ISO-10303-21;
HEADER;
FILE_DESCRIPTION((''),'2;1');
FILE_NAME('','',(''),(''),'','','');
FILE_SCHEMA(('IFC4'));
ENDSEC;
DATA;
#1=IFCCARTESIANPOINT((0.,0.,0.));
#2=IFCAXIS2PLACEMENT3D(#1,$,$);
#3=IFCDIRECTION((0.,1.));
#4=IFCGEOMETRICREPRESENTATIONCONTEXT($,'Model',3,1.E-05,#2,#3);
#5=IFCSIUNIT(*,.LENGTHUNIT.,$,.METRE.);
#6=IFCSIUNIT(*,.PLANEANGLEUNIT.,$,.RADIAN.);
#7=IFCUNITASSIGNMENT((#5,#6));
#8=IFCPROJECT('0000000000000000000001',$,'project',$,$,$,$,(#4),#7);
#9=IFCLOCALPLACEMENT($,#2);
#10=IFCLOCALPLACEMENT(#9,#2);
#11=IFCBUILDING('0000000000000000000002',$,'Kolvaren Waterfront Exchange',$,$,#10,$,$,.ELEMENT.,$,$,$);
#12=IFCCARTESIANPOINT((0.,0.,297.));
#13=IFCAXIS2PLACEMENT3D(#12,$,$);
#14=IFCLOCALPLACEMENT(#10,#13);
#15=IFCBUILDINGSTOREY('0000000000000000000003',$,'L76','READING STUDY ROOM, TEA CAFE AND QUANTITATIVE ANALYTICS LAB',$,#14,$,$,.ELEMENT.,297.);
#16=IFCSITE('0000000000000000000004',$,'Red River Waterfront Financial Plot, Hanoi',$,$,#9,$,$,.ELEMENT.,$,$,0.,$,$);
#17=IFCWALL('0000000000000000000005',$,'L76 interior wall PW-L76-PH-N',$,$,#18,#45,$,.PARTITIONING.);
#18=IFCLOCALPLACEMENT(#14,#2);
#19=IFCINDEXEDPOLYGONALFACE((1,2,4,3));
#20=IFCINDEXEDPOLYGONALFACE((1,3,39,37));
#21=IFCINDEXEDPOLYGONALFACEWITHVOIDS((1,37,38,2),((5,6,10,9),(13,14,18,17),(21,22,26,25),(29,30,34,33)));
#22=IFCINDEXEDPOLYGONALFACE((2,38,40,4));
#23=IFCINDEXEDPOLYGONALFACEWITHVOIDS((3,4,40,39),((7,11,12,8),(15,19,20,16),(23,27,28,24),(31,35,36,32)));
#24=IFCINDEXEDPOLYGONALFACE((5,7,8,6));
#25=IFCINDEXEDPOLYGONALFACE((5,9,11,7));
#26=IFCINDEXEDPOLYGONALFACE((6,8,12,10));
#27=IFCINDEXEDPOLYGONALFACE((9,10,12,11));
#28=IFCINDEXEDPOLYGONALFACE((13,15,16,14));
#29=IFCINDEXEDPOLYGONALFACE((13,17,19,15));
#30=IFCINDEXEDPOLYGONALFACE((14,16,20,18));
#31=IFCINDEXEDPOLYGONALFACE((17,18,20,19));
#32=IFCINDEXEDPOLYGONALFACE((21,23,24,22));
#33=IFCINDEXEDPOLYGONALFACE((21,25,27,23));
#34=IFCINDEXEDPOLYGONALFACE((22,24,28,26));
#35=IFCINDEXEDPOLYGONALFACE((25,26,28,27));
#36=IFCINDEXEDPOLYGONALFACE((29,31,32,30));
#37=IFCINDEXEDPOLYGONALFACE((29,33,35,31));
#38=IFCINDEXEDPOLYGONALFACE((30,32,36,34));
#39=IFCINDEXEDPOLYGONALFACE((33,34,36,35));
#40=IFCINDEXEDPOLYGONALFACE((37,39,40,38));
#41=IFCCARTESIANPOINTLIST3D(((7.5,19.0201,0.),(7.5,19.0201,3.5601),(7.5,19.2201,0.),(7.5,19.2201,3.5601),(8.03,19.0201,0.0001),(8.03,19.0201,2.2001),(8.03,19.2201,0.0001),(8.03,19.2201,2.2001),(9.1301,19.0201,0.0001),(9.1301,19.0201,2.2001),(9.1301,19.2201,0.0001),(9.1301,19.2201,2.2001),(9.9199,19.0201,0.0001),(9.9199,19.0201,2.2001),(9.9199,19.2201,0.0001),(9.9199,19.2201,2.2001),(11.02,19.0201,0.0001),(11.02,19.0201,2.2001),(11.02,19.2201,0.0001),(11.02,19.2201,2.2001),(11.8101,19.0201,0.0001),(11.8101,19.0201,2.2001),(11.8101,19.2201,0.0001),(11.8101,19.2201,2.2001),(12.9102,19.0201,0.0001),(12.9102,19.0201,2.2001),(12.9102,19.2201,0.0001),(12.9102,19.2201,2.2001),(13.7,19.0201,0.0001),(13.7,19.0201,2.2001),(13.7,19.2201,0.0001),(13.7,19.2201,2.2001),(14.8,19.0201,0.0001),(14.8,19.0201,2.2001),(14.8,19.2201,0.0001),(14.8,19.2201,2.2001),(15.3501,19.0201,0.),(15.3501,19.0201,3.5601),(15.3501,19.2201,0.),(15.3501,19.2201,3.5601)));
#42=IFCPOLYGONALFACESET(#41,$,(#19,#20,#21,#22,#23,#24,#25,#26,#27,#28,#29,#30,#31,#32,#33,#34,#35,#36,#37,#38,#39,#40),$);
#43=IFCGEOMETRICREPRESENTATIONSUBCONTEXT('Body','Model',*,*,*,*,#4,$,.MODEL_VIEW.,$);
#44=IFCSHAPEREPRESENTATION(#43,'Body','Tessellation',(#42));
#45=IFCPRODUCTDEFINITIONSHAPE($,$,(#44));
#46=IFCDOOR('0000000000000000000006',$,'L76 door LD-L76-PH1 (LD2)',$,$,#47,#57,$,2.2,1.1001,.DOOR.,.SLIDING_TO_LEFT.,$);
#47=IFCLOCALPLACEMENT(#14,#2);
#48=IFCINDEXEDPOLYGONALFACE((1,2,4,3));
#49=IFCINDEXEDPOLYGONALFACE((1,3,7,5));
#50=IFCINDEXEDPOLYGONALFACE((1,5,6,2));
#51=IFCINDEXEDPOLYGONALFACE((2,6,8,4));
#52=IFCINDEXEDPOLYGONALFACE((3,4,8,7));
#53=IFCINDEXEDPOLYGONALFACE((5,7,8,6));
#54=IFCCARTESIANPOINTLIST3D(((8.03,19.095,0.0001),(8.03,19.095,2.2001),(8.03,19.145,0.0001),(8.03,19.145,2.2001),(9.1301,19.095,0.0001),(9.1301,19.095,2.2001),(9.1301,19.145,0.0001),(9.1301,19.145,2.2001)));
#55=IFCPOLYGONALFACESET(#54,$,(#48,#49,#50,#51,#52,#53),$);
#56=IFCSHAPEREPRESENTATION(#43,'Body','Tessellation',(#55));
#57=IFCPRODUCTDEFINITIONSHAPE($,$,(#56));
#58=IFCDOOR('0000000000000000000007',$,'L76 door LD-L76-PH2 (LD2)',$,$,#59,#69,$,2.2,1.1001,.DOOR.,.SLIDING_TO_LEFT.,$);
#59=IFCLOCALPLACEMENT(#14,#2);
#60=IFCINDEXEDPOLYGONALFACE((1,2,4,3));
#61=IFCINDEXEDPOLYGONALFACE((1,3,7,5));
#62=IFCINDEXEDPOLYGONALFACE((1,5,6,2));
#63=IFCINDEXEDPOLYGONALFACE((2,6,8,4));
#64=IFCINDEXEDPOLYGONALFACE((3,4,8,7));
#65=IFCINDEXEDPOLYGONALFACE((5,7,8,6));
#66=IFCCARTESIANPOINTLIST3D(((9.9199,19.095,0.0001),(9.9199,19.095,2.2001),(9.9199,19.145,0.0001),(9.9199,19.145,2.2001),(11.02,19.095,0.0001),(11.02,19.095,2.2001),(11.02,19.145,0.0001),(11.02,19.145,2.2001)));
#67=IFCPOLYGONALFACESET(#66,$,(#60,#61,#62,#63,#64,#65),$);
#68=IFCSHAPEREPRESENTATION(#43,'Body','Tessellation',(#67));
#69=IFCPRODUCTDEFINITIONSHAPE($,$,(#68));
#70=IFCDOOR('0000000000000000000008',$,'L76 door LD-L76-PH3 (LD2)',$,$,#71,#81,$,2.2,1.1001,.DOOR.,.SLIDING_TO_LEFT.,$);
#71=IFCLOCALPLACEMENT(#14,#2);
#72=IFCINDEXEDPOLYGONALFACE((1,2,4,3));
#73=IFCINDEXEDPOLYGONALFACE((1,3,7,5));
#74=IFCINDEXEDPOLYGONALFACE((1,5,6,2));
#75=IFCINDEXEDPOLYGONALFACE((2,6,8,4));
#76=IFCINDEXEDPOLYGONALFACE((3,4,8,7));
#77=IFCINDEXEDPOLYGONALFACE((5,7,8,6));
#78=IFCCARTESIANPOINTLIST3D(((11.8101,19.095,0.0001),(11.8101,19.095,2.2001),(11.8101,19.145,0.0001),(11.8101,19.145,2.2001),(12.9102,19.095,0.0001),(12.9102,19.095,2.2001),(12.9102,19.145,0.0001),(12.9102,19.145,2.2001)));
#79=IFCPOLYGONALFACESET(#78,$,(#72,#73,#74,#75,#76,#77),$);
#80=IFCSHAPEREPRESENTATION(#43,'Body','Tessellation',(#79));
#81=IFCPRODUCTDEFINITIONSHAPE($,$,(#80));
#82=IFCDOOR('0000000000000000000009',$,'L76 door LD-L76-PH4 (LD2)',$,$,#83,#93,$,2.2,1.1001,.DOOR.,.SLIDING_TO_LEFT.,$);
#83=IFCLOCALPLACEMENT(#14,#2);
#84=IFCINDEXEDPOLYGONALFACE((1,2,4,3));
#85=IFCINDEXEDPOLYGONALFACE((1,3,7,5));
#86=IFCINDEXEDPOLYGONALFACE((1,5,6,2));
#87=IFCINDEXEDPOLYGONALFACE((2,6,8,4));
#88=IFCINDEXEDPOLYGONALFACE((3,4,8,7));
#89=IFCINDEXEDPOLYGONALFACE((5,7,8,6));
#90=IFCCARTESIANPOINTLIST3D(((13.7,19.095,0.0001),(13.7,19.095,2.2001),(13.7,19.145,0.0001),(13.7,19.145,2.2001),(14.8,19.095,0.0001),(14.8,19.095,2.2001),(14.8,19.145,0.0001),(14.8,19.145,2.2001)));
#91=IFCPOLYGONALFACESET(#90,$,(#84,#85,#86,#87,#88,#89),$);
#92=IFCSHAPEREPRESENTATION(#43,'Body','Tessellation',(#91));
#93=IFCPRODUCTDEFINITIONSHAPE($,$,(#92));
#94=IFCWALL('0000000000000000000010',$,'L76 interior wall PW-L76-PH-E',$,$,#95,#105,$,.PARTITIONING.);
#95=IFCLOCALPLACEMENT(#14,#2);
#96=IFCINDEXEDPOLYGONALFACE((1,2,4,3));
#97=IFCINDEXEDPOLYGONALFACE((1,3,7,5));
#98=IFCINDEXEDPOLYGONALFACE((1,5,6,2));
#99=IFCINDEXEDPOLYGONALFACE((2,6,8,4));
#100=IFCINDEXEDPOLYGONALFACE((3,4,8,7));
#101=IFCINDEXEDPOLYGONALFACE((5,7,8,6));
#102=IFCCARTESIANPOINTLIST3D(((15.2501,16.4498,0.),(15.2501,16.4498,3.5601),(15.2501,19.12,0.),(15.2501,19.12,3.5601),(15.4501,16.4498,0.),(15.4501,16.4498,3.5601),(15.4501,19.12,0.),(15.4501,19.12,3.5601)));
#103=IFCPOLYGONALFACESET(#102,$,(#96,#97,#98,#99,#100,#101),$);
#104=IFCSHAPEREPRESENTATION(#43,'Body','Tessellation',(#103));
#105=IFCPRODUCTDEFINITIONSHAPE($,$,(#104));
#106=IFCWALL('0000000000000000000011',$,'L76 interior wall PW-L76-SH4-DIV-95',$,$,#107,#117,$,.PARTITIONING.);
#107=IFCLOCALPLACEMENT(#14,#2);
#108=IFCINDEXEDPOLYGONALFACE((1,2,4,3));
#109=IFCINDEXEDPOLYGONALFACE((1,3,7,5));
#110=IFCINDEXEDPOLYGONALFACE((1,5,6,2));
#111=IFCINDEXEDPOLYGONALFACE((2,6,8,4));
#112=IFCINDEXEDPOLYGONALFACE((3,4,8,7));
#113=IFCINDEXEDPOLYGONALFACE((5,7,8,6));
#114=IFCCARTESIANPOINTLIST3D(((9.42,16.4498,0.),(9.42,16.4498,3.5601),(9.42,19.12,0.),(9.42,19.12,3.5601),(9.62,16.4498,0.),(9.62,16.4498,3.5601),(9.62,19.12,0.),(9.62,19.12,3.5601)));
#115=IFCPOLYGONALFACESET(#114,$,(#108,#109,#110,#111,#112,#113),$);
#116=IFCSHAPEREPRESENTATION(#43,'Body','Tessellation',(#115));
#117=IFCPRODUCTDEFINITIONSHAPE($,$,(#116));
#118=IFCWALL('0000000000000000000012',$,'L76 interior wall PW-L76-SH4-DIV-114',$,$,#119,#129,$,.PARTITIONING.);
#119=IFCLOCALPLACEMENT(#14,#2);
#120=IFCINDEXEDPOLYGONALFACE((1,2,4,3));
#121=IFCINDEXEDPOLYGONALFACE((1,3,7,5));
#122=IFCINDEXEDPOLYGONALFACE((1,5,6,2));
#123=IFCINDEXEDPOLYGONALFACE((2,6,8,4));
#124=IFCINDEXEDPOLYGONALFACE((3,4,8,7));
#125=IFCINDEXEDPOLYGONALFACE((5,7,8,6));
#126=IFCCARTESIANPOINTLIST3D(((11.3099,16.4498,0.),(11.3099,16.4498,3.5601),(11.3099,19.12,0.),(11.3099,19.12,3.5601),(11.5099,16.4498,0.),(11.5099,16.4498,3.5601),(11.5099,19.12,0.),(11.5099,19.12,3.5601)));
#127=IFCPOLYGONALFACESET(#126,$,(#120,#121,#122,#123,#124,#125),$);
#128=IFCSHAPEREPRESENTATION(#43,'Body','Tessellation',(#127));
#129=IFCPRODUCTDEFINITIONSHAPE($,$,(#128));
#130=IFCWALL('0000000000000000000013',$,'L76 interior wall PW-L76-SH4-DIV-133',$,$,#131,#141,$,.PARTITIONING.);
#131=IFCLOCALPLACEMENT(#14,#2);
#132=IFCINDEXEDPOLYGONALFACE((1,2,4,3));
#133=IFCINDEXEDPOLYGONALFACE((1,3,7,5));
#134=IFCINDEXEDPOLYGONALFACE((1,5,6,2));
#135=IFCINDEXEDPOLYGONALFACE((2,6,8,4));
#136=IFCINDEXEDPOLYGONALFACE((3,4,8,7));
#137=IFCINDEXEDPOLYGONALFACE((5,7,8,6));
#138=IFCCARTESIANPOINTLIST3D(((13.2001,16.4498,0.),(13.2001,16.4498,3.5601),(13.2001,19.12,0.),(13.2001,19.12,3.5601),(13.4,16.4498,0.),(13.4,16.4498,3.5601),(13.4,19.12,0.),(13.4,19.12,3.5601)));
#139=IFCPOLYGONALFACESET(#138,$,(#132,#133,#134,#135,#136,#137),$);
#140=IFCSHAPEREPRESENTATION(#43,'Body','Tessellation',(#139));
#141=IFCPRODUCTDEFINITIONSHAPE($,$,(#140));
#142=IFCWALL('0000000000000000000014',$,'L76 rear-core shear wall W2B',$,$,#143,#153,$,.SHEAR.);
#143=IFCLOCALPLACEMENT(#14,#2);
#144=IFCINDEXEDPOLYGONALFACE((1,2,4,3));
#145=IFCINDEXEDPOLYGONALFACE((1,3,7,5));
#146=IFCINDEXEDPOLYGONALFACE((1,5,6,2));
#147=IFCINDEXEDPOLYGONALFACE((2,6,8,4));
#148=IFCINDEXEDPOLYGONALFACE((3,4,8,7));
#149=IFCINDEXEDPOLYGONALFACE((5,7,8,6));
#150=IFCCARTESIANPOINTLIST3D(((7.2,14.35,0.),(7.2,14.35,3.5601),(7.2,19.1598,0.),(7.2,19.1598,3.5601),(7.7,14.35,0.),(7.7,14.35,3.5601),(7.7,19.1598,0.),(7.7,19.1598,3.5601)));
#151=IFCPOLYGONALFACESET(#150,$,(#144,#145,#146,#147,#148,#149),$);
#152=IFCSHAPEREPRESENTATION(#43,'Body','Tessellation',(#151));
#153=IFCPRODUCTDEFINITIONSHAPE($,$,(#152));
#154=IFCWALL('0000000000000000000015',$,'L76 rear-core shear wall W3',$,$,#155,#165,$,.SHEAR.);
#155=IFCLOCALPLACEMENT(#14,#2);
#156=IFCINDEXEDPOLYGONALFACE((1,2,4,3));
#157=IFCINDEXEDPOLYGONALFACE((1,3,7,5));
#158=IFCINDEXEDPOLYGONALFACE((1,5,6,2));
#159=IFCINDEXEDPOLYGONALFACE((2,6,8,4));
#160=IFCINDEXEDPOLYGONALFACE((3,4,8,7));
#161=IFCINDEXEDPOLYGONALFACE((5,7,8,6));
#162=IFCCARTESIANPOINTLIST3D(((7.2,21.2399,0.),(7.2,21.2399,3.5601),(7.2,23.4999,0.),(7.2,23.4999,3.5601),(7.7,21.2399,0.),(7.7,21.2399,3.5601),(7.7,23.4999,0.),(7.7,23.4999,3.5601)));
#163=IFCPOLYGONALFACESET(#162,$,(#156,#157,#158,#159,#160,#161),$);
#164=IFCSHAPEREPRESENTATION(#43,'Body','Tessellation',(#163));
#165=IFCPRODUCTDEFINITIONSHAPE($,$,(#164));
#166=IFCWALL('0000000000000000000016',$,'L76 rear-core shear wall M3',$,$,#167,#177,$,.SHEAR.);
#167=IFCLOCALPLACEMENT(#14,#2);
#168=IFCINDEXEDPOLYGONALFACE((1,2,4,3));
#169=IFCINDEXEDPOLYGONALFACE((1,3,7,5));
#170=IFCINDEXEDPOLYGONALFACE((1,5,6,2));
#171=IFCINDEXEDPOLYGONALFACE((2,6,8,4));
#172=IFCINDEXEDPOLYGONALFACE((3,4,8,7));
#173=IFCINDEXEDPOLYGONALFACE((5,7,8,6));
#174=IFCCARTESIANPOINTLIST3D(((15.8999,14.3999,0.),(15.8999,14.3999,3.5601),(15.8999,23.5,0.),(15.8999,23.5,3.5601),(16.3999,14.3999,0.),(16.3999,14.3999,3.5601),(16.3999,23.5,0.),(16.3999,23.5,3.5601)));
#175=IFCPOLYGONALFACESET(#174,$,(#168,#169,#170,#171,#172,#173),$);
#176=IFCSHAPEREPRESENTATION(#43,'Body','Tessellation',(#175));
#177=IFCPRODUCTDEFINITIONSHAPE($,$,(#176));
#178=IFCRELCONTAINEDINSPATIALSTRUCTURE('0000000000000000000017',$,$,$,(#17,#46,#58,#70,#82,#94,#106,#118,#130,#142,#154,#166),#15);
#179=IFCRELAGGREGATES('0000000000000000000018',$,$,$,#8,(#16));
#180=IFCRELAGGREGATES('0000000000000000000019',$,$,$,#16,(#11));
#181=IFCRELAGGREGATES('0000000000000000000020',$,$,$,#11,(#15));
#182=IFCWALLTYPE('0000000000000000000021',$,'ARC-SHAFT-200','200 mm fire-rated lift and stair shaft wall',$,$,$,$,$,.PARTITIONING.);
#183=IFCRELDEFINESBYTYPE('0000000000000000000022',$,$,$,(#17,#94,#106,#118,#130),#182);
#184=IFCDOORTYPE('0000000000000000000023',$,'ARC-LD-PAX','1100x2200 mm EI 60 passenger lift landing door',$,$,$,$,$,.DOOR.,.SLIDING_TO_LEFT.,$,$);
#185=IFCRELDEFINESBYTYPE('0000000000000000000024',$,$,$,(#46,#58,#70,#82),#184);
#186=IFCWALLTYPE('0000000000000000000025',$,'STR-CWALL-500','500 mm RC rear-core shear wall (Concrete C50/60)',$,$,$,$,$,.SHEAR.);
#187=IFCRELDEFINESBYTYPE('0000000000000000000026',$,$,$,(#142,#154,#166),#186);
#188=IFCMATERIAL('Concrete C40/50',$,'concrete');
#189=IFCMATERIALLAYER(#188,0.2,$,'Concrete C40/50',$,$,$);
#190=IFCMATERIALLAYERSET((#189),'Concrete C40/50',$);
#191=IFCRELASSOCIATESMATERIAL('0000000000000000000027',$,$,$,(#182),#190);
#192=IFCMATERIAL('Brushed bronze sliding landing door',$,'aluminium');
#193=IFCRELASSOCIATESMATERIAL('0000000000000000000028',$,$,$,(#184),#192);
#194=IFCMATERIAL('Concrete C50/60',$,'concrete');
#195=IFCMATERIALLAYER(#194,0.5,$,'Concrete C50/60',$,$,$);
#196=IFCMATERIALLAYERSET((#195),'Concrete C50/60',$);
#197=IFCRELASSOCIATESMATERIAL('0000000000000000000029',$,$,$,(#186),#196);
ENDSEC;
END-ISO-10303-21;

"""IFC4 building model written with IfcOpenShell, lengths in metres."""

from ifc_helpers import new_model, si_unit, direction, frame, frame_2d, origin, place, context, subcontext, project, spatial, rectangle, extrude, material, layer, layer_set, type_object, element, fill, save


model = new_model("IFC4")

# Units and contexts
model_context = context("Model", 3, precision=1e-05, world=origin(), true_north=direction((0.0, 1.0)))
body_context = subcontext(model_context, "Body", "Model", "MODEL_VIEW")
ifc_project = project(units=[si_unit("LENGTHUNIT", "METRE"), si_unit("PLANEANGLEUNIT", "RADIAN")], contexts=[model_context])

# Site, building, storey
site_placement = place(None, origin())
site = spatial("IfcSite", under=ifc_project, at=site_placement, Name="Red River Waterfront Financial Plot, Hanoi", CompositionType="ELEMENT", RefElevation=0.0)
building_placement = place(site_placement, origin())
building = spatial("IfcBuilding", under=site, at=building_placement, Name="Kolvaren Waterfront Exchange", CompositionType="ELEMENT")
storey_placement = place(building_placement, frame((0.0, 0.0, 297.0)))
storey = spatial("IfcBuildingStorey", under=building, at=storey_placement, Name="L76", Description="READING STUDY ROOM, TEA CAFE AND QUANTITATIVE ANALYTICS LAB", CompositionType="ELEMENT", Elevation=297.0)

# Shared definitions
ifc_material_1 = material(Name="Concrete C40/50", Category="concrete")
ifc_layer_1 = layer(ifc_material_1, 0.2, Name="Concrete C40/50")
ifc_layer_set_1 = layer_set([ifc_layer_1], Name="Concrete C40/50")
wall_type_1 = type_object("IfcWallType", Name="ARC-SHAFT-200", Description="200 mm fire-rated lift and stair shaft wall", PredefinedType="PARTITIONING", material=ifc_layer_set_1)

# Wall, openings, doors
wall_1_placement = place(storey_placement, frame((7.5, 19.1201, 0.0), z_axis=(0.0, 0.0, 1.0), x_axis=(1.0, 0.0, 0.0)))
wall_1 = element("IfcWall", 1, at=wall_1_placement, inside=storey, type_object=wall_type_1, Name="L76 interior wall PW-L76-PH-N", PredefinedType="PARTITIONING", context=body_context, shape_type="SweptSolid", body=[
    extrude(rectangle(XDim=7.8501, YDim=0.2, at=frame_2d((3.925, 0.0))), origin(), (0.0, 0.0, 1.0), 3.5601),
])
opening_1_placement = place(wall_1_placement, frame((0.53, 0.0, 0.0)))
opening_1 = element("IfcOpeningElement", 2, at=opening_1_placement, cuts=wall_1, PredefinedType="OPENING", context=body_context, shape_type="SweptSolid", body=[
    extrude(rectangle(XDim=1.1001, YDim=2.2, at=frame_2d((0.55, 1.1001))), frame((0.0, 0.1099, 0.0), z_axis=(0.0, -1.0, 0.0), x_axis=(1.0, 0.0, 0.0)), (0.0, 0.0, 1.0), 0.22),
])
opening_2_placement = place(wall_1_placement, frame((2.4199, 0.0, 0.0)))
opening_2 = element("IfcOpeningElement", 3, at=opening_2_placement, cuts=wall_1, PredefinedType="OPENING", context=body_context, shape_type="SweptSolid", body=[
    extrude(rectangle(XDim=1.1001, YDim=2.2, at=frame_2d((0.55, 1.1001))), frame((0.0, 0.1099, 0.0), z_axis=(0.0, -1.0, 0.0), x_axis=(1.0, 0.0, 0.0)), (0.0, 0.0, 1.0), 0.22),
])
opening_3_placement = place(wall_1_placement, frame((4.3101, 0.0, 0.0)))
opening_3 = element("IfcOpeningElement", 4, at=opening_3_placement, cuts=wall_1, PredefinedType="OPENING", context=body_context, shape_type="SweptSolid", body=[
    extrude(rectangle(XDim=1.1001, YDim=2.2, at=frame_2d((0.55, 1.1001))), frame((0.0, 0.1099, 0.0), z_axis=(0.0, -1.0, 0.0), x_axis=(1.0, 0.0, 0.0)), (0.0, 0.0, 1.0), 0.22),
])
opening_4_placement = place(wall_1_placement, frame((6.2, 0.0, 0.0)))
opening_4 = element("IfcOpeningElement", 5, at=opening_4_placement, cuts=wall_1, PredefinedType="OPENING", context=body_context, shape_type="SweptSolid", body=[
    extrude(rectangle(XDim=1.1001, YDim=2.2, at=frame_2d((0.55, 1.1001))), frame((0.0, 0.1099, 0.0), z_axis=(0.0, -1.0, 0.0), x_axis=(1.0, 0.0, 0.0)), (0.0, 0.0, 1.0), 0.22),
])
ifc_material_2 = material(Name="Brushed bronze sliding landing door", Category="aluminium")
door_type_1 = type_object("IfcDoorType", Name="ARC-LD-PAX", Description="1100x2200 mm EI 60 passenger lift landing door", OperationType="SLIDING_TO_LEFT", PredefinedType="DOOR", material=ifc_material_2)
door_1_placement = place(opening_1_placement, origin())
door_1 = element("IfcDoor", 6, at=door_1_placement, inside=storey, type_object=door_type_1, Name="L76 door LD-L76-PH1 (LD2)", OperationType="SLIDING_TO_LEFT", OverallHeight=2.2, OverallWidth=1.1001, PredefinedType="DOOR", context=body_context, shape_type="SweptSolid", body=[
    extrude(rectangle(XDim=1.1001, YDim=2.2, at=frame_2d((0.55, 1.1001))), frame((0.0, 0.0249, 0.0), z_axis=(0.0, -1.0, 0.0), x_axis=(1.0, 0.0, 0.0)), (0.0, 0.0, 1.0), 0.05),
])
fill(opening_1, door_1)
door_2_placement = place(opening_2_placement, origin())
door_2 = element("IfcDoor", 7, at=door_2_placement, inside=storey, type_object=door_type_1, Name="L76 door LD-L76-PH2 (LD2)", OperationType="SLIDING_TO_LEFT", OverallHeight=2.2, OverallWidth=1.1001, PredefinedType="DOOR", context=body_context, shape_type="SweptSolid", body=[
    extrude(rectangle(XDim=1.1001, YDim=2.2, at=frame_2d((0.55, 1.1001))), frame((0.0, 0.0249, 0.0), z_axis=(0.0, -1.0, 0.0), x_axis=(1.0, 0.0, 0.0)), (0.0, 0.0, 1.0), 0.05),
])
fill(opening_2, door_2)
door_3_placement = place(opening_3_placement, origin())
door_3 = element("IfcDoor", 8, at=door_3_placement, inside=storey, type_object=door_type_1, Name="L76 door LD-L76-PH3 (LD2)", OperationType="SLIDING_TO_LEFT", OverallHeight=2.2, OverallWidth=1.1001, PredefinedType="DOOR", context=body_context, shape_type="SweptSolid", body=[
    extrude(rectangle(XDim=1.1001, YDim=2.2, at=frame_2d((0.55, 1.1001))), frame((0.0, 0.0249, 0.0), z_axis=(0.0, -1.0, 0.0), x_axis=(1.0, 0.0, 0.0)), (0.0, 0.0, 1.0), 0.05),
])
fill(opening_3, door_3)
door_4_placement = place(opening_4_placement, origin())
door_4 = element("IfcDoor", 9, at=door_4_placement, inside=storey, type_object=door_type_1, Name="L76 door LD-L76-PH4 (LD2)", OperationType="SLIDING_TO_LEFT", OverallHeight=2.2, OverallWidth=1.1001, PredefinedType="DOOR", context=body_context, shape_type="SweptSolid", body=[
    extrude(rectangle(XDim=1.1001, YDim=2.2, at=frame_2d((0.55, 1.1001))), frame((0.0, 0.0249, 0.0), z_axis=(0.0, -1.0, 0.0), x_axis=(1.0, 0.0, 0.0)), (0.0, 0.0, 1.0), 0.05),
])
fill(opening_4, door_4)

# Walls
for number, where, z_axis, x_axis, name in (
    (10, (15.3501, 16.45, 0.0), (0.0, 0.0, 1.0), (0.0, 1.0, 0.0), "L76 interior wall PW-L76-PH-E"),
    (11, (9.52, 16.45, 0.0), (0.0, 0.0, 1.0), (0.0, 1.0, 0.0), "L76 interior wall PW-L76-SH4-DIV-95"),
    (12, (11.4099, 16.45, 0.0), (0.0, 0.0, 1.0), (0.0, 1.0, 0.0), "L76 interior wall PW-L76-SH4-DIV-114"),
    (13, (13.3, 16.45, 0.0), (0.0, 0.0, 1.0), (0.0, 1.0, 0.0), "L76 interior wall PW-L76-SH4-DIV-133"),
):
    element("IfcWall", number, at=place(storey_placement, frame(where, z_axis=z_axis, x_axis=x_axis)), inside=storey, type_object=wall_type_1, Name=name, PredefinedType="PARTITIONING", context=body_context, shape_type="SweptSolid", body=[
        extrude(rectangle(XDim=2.6702, YDim=0.2, at=frame_2d((1.335, 0.0))), origin(), (0.0, 0.0, 1.0), 3.5601),
    ])
ifc_material_3 = material(Name="Concrete C50/60", Category="concrete")
ifc_layer_2 = layer(ifc_material_3, 0.5, Name="Concrete C50/60")
ifc_layer_set_2 = layer_set([ifc_layer_2], Name="Concrete C50/60")
wall_type_2 = type_object("IfcWallType", Name="STR-CWALL-500", Description="500 mm RC rear-core shear wall (Concrete C50/60)", PredefinedType="SHEAR", material=ifc_layer_set_2)
wall_2_placement = place(storey_placement, frame((7.45, 14.3501, 0.0), z_axis=(0.0, 0.0, 1.0), x_axis=(0.0, 1.0, 0.0)))
element("IfcWall", 14, at=wall_2_placement, inside=storey, type_object=wall_type_2, Name="L76 rear-core shear wall W2B", PredefinedType="SHEAR", context=body_context, shape_type="SweptSolid", body=[
    extrude(rectangle(XDim=4.8098, YDim=0.5, at=frame_2d((2.4048, 0.0))), origin(), (0.0, 0.0, 1.0), 3.5601),
])
wall_3_placement = place(storey_placement, frame((7.45, 21.24, 0.0), z_axis=(0.0, 0.0, 1.0), x_axis=(0.0, 1.0, 0.0)))
element("IfcWall", 15, at=wall_3_placement, inside=storey, type_object=wall_type_2, Name="L76 rear-core shear wall W3", PredefinedType="SHEAR", context=body_context, shape_type="SweptSolid", body=[
    extrude(rectangle(XDim=2.26, YDim=0.5, at=frame_2d((1.1299, 0.0))), origin(), (0.0, 0.0, 1.0), 3.5601),
])
wall_4_placement = place(storey_placement, frame((16.1499, 14.3999, 0.0), z_axis=(0.0, 0.0, 1.0), x_axis=(0.0, 1.0, 0.0)))
element("IfcWall", 16, at=wall_4_placement, inside=storey, type_object=wall_type_2, Name="L76 rear-core shear wall M3", PredefinedType="SHEAR", context=body_context, shape_type="SweptSolid", body=[
    extrude(rectangle(XDim=9.1001, YDim=0.5, at=frame_2d((4.55, 0.0))), origin(), (0.0, 0.0, 1.0), 3.5601),
])

save(model, "model.ifc")
